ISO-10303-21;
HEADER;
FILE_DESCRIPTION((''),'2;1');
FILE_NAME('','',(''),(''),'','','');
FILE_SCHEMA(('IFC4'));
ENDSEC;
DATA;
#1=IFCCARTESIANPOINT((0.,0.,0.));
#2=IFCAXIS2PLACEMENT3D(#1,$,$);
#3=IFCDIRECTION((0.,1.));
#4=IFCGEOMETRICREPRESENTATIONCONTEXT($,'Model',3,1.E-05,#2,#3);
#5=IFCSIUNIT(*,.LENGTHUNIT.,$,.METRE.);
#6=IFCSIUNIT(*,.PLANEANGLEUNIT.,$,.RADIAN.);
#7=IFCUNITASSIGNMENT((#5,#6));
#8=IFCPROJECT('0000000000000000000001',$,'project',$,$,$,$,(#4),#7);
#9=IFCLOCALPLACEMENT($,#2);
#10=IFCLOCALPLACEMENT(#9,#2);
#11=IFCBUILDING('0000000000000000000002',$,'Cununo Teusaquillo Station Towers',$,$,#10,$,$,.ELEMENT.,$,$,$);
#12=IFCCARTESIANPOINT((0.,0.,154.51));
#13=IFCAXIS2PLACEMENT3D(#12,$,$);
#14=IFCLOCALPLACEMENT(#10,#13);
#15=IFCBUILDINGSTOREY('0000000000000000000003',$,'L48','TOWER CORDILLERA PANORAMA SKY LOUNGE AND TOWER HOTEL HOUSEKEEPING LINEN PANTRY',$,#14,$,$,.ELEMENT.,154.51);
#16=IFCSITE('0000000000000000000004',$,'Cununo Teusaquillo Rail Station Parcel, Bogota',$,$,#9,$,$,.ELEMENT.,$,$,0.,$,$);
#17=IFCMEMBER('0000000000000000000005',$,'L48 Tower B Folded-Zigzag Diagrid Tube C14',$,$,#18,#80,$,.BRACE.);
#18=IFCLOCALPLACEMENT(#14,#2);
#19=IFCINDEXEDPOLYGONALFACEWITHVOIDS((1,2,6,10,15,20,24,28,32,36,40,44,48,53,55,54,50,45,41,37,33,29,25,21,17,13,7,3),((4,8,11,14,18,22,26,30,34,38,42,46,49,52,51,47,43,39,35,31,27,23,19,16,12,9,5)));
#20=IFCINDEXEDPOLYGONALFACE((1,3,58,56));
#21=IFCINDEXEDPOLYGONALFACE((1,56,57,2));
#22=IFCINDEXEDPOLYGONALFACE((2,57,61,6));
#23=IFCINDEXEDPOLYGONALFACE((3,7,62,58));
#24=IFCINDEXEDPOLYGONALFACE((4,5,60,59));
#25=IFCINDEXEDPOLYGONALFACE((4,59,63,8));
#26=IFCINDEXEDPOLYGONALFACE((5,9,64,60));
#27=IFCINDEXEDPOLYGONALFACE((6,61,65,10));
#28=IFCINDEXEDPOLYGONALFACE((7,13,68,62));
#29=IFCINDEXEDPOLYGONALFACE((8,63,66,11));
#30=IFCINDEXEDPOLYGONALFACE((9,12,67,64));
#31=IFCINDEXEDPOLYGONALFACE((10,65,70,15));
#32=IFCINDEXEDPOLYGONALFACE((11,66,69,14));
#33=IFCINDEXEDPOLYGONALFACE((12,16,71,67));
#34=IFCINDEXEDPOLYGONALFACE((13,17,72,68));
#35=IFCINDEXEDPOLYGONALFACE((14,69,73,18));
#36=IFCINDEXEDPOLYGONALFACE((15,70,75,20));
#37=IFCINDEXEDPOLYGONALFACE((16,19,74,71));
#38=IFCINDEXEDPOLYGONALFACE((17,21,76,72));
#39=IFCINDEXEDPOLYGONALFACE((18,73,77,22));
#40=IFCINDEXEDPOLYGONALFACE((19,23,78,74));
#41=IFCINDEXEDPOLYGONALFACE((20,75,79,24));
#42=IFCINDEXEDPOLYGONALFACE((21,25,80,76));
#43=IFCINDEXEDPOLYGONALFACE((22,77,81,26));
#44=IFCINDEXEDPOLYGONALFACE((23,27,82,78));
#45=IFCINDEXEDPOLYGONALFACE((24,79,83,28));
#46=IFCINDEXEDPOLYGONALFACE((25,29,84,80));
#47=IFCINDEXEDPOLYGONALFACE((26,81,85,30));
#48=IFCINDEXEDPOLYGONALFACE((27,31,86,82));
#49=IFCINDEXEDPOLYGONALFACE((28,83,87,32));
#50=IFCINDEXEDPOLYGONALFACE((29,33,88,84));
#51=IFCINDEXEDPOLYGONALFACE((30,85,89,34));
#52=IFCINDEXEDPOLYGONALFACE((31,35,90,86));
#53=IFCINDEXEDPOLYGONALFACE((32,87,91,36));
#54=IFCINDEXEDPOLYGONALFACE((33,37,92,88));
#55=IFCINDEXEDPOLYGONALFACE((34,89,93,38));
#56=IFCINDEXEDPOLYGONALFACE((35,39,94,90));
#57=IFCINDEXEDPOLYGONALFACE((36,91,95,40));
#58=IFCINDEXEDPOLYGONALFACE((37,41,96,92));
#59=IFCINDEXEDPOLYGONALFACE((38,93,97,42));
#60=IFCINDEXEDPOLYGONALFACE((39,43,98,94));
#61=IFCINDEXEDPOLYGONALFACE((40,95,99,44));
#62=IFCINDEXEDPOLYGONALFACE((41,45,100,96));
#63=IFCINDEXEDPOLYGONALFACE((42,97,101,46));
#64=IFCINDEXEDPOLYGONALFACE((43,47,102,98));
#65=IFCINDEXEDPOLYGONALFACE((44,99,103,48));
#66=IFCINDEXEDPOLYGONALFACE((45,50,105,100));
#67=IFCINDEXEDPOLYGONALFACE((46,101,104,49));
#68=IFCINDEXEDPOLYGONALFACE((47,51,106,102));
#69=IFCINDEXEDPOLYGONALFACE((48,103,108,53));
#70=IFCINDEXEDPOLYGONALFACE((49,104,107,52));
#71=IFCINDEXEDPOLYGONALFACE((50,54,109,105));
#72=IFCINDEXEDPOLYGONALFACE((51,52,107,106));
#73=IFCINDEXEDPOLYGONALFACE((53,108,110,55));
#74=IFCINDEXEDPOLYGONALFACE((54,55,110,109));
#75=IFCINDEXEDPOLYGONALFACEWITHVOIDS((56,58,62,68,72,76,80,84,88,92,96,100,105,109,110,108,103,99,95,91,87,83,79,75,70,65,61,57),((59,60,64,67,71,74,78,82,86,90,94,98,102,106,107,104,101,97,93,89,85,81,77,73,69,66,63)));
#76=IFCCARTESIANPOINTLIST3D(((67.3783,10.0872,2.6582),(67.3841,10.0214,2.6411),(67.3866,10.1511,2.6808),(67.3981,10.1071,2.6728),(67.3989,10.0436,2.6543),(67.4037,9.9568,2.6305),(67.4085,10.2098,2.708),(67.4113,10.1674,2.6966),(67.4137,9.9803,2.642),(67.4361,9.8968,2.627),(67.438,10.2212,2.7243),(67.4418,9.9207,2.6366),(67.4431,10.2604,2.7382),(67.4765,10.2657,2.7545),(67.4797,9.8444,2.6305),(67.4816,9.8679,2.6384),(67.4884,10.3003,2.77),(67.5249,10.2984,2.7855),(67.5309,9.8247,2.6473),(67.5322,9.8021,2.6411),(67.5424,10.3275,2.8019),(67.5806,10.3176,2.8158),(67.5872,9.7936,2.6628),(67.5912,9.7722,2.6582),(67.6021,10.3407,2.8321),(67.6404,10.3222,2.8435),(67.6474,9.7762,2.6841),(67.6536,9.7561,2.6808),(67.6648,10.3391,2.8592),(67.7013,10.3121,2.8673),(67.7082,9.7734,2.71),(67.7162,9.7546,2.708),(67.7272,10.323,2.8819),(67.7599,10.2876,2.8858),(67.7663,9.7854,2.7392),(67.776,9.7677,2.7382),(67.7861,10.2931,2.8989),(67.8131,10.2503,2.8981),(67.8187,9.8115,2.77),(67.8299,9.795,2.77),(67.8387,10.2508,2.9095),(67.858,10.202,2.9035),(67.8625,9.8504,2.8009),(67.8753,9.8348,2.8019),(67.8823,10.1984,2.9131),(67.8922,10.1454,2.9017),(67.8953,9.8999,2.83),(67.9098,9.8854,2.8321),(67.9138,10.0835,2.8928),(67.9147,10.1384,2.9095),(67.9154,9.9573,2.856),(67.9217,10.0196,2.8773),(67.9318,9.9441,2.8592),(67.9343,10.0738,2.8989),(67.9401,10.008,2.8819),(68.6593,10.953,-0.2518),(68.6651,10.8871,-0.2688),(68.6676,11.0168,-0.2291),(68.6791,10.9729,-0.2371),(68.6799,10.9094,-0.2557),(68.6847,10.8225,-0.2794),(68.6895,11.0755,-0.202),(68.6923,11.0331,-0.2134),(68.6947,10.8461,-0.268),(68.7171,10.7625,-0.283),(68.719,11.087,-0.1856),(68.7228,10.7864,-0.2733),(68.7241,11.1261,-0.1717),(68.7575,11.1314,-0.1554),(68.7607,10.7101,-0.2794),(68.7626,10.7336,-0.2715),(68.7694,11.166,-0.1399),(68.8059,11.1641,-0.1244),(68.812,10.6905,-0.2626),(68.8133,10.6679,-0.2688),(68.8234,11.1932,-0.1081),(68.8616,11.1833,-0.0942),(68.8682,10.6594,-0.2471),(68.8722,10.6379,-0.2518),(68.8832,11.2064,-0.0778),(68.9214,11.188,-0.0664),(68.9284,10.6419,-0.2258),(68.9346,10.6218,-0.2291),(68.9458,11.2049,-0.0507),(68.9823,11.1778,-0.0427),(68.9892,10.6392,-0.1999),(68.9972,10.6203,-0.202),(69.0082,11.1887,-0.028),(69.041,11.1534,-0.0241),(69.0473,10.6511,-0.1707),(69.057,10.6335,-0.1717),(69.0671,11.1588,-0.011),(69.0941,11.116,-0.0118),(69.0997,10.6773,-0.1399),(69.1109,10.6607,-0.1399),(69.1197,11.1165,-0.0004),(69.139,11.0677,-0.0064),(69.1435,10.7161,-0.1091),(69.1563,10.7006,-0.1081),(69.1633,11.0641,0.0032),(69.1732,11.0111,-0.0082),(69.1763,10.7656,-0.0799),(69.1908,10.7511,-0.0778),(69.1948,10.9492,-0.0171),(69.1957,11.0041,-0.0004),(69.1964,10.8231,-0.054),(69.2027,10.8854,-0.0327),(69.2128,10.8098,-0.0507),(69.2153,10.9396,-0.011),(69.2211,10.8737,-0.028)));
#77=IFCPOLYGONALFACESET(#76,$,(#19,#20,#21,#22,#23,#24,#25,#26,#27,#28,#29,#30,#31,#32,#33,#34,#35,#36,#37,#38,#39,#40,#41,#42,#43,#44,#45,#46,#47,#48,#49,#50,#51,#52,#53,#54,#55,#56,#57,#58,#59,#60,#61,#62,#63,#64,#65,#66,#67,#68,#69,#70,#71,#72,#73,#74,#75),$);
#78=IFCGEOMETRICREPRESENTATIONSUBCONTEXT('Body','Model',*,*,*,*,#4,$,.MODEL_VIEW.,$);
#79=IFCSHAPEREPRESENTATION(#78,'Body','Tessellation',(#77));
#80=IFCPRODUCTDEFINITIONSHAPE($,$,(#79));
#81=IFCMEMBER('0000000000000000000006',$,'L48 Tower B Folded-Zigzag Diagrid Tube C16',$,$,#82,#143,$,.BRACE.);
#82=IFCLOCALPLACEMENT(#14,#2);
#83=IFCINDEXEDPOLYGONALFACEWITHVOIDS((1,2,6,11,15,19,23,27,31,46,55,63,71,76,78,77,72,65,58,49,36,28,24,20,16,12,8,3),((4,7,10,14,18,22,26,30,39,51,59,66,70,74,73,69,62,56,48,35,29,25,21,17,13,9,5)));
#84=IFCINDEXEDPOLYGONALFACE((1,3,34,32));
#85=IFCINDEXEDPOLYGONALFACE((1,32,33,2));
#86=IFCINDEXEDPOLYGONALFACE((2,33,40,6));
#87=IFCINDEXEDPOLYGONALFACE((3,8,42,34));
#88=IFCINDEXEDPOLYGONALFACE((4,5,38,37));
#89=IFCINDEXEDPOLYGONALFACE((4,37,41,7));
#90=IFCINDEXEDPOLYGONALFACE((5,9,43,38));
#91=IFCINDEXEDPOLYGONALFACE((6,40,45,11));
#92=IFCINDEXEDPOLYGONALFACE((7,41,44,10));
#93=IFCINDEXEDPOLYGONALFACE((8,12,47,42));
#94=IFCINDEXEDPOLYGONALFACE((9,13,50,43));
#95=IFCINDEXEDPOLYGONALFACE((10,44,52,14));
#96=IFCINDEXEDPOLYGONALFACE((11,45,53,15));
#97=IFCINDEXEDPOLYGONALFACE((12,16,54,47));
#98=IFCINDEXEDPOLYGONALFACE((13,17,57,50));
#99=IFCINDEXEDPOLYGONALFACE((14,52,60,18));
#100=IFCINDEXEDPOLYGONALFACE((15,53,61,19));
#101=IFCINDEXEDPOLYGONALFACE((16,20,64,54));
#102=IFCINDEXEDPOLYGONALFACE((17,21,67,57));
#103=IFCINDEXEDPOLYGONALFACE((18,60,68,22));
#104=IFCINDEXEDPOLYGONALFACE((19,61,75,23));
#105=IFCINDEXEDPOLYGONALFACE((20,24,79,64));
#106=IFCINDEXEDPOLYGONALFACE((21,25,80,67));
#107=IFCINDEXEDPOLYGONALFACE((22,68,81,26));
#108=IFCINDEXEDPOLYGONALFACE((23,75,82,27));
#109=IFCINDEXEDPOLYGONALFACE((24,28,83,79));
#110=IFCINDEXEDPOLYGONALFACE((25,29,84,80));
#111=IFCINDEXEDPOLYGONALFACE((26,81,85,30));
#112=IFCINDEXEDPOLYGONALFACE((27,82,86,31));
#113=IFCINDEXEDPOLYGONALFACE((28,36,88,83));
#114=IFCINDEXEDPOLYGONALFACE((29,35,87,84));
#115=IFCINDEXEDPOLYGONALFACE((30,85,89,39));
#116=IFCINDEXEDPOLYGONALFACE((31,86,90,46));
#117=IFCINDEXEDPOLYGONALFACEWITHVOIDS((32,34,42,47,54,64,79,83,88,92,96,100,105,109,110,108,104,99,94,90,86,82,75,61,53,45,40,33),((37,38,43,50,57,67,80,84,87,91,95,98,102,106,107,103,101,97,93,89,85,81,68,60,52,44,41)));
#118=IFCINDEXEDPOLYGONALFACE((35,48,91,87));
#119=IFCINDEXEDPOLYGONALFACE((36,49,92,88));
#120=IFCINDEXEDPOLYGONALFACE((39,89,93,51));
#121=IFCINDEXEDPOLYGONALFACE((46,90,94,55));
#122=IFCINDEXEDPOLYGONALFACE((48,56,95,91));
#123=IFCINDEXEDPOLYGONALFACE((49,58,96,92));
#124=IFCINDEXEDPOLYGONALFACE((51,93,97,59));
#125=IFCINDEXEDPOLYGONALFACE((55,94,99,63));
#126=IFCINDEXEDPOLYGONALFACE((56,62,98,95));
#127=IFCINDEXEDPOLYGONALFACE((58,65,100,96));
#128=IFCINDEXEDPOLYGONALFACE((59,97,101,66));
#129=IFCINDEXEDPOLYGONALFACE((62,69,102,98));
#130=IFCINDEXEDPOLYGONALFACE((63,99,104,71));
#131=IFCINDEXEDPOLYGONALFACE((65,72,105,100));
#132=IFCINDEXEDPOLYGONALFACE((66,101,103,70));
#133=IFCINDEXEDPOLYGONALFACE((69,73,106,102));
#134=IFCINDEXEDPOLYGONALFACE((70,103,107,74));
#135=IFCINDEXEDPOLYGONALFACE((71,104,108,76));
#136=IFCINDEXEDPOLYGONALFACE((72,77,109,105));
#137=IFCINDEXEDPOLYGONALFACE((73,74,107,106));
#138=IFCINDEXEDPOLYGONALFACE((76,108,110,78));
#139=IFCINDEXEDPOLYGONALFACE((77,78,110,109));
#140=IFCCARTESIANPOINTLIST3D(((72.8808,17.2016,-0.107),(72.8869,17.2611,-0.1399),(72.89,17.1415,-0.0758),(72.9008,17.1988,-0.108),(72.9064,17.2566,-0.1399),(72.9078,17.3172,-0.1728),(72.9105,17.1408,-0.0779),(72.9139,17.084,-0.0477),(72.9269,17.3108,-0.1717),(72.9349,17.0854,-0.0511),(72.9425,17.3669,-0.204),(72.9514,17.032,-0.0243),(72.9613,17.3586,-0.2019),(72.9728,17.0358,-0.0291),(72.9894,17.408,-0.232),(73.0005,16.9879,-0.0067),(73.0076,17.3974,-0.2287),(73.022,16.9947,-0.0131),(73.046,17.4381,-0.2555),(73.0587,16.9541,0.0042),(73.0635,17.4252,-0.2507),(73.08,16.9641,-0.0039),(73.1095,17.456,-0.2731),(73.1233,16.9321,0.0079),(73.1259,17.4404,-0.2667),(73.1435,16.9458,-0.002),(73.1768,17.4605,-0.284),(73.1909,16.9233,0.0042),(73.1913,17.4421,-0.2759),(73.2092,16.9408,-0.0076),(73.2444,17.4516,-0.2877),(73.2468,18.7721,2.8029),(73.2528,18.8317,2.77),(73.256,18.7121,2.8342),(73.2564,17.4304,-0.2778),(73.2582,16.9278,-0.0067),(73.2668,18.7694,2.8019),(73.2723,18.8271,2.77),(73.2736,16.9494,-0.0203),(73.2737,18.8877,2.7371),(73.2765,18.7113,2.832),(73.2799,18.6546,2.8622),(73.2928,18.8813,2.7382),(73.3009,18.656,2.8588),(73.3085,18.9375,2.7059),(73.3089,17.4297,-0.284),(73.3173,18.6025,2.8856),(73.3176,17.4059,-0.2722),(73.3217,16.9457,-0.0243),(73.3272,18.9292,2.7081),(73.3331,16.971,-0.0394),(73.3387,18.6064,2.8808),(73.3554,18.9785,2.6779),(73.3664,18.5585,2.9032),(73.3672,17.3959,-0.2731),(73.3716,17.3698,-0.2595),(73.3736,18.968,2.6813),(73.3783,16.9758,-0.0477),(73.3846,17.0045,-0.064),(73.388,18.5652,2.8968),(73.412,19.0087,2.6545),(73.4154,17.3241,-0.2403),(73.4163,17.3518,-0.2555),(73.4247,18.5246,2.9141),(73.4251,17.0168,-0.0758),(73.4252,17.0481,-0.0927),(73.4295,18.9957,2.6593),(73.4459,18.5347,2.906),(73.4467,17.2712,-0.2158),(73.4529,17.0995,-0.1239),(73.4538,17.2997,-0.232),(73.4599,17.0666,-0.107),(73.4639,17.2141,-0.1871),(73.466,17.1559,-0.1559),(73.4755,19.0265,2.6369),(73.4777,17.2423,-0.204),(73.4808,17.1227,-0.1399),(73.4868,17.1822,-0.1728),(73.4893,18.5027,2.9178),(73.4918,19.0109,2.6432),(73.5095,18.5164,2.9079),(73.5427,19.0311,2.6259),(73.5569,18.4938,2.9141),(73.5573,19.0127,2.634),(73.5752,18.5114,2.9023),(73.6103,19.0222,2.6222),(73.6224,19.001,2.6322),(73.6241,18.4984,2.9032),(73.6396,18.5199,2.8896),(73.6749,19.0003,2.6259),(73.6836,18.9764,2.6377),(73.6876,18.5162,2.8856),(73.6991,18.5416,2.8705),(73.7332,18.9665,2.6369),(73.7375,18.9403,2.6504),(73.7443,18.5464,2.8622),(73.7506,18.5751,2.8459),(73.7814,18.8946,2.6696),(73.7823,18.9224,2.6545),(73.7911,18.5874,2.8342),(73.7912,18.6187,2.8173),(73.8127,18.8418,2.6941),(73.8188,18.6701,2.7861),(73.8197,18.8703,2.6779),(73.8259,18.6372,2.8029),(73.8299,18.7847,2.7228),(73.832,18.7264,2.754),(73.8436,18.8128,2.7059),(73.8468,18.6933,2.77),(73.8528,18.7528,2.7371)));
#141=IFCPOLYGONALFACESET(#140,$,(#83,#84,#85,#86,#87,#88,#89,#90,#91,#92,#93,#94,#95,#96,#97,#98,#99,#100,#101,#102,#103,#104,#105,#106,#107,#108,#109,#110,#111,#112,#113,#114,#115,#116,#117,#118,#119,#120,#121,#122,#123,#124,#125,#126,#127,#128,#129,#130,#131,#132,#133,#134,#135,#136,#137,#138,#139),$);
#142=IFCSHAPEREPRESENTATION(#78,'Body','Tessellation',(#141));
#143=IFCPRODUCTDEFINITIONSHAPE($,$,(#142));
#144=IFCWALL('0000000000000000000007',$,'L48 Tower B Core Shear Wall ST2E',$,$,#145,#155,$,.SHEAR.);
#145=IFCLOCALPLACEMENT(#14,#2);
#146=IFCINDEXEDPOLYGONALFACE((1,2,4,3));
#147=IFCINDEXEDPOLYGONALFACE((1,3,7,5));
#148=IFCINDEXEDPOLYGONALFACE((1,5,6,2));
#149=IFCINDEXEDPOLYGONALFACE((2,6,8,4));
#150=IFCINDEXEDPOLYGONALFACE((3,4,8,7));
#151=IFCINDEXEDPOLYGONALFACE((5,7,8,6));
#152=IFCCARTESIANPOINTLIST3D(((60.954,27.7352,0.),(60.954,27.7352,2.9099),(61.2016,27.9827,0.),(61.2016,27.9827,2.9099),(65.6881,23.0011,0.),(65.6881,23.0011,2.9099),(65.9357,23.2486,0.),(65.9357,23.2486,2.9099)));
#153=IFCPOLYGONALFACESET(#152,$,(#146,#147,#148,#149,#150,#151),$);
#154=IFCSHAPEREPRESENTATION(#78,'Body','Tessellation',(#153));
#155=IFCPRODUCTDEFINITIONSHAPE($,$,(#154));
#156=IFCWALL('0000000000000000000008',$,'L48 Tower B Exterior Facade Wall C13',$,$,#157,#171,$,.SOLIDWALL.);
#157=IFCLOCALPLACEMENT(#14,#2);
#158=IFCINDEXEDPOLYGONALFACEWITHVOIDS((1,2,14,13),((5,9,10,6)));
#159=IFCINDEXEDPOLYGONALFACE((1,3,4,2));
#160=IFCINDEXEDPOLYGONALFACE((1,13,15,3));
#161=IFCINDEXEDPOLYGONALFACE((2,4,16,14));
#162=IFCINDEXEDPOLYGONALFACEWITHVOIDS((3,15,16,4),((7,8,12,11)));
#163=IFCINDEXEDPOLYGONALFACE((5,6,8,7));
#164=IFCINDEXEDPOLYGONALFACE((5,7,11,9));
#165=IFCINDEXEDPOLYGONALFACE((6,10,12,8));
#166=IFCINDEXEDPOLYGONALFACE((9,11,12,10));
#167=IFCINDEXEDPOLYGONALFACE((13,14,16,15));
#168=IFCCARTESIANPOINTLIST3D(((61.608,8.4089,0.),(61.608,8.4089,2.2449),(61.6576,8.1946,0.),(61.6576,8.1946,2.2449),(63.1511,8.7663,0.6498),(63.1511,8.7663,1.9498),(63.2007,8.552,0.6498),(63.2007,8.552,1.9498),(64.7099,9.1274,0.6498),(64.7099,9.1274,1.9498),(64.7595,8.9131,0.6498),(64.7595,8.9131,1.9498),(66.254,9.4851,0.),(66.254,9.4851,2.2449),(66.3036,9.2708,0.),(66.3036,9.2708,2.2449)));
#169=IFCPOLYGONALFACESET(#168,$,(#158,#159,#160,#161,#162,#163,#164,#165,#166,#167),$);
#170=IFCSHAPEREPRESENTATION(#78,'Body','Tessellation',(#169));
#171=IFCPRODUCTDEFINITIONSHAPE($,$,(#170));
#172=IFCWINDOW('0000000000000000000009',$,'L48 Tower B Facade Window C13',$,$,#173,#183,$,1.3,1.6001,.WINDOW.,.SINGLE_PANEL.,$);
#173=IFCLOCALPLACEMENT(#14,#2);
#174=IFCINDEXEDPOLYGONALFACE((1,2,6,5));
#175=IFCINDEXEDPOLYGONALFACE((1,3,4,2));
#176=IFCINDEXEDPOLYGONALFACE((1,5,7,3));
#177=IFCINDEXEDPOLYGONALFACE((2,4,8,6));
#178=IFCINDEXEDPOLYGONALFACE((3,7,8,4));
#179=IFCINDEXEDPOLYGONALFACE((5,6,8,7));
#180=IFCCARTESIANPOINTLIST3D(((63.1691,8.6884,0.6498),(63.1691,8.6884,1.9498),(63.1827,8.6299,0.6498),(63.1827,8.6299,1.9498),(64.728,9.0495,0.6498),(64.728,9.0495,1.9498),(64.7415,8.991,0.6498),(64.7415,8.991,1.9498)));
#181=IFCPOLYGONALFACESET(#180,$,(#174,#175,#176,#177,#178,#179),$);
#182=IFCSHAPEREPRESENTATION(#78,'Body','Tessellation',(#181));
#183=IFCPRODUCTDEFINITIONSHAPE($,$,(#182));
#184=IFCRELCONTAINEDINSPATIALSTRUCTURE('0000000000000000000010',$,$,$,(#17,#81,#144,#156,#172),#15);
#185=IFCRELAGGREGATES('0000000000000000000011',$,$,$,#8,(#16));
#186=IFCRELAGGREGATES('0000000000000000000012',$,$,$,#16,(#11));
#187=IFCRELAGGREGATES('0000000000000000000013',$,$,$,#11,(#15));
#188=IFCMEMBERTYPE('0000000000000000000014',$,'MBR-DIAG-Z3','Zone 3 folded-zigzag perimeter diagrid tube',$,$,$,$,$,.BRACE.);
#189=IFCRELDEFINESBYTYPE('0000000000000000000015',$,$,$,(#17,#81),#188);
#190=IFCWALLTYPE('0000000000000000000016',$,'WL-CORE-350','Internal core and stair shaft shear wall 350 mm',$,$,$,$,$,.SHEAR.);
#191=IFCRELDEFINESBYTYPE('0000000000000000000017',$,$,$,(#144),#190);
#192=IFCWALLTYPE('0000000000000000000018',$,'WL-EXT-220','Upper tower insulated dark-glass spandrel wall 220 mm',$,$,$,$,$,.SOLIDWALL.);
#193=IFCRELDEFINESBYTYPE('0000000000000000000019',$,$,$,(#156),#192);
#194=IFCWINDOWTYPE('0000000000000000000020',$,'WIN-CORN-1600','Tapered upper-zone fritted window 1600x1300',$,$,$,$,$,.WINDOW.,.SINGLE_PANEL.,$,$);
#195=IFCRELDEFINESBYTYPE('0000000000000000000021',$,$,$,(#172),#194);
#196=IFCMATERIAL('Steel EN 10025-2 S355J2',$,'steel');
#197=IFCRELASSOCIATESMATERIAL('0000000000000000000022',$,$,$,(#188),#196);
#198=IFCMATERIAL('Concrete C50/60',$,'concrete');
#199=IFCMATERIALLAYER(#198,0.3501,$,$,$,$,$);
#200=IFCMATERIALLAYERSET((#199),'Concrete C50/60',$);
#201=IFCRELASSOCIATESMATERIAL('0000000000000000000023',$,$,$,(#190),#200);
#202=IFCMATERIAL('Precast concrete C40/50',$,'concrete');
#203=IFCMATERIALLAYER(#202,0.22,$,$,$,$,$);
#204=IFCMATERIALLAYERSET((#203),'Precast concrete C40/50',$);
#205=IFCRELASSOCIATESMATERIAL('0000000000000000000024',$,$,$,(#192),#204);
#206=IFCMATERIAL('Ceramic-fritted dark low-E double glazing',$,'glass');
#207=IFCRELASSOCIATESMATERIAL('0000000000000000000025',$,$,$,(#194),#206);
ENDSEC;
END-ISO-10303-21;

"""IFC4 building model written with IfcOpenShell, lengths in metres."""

from ifc_helpers import new_model, si_unit, direction, frame, frame_2d, origin, origin_2d, place, context, subcontext, project, spatial, rectangle, hollow_circle, extrude, source, transform, mapped, material, layer, layer_set, material_profile, profile_set, type_object, element, fill, save


model = new_model("IFC4")

# Units and contexts
model_context = context("Model", 3, precision=1e-05, world=origin(), true_north=direction((0.0, 1.0)))
body_context = subcontext(model_context, "Body", "Model", "MODEL_VIEW")
ifc_project = project(units=[si_unit("LENGTHUNIT", "METRE"), si_unit("PLANEANGLEUNIT", "RADIAN")], contexts=[model_context])

# Site, building, storey
site_placement = place(None, origin())
site = spatial("IfcSite", under=ifc_project, at=site_placement, Name="Cununo Teusaquillo Rail Station Parcel, Bogota", CompositionType="ELEMENT", RefElevation=0.0)
building_placement = place(site_placement, origin())
building = spatial("IfcBuilding", under=site, at=building_placement, Name="Cununo Teusaquillo Station Towers", CompositionType="ELEMENT")
storey_placement = place(building_placement, frame((0.0, 0.0, 154.51)))
storey = spatial("IfcBuildingStorey", under=building, at=storey_placement, Name="L48", Description="TOWER CORDILLERA PANORAMA SKY LOUNGE AND TOWER HOTEL HOUSEKEEPING LINEN PANTRY", CompositionType="ELEMENT", Elevation=154.51)

# Members
ifc_material_1 = material(Name="Steel EN 10025-2 S355J2", Category="steel")
ifc_material_profile_1 = material_profile(ifc_material_1, hollow_circle(Radius=0.3049, WallThickness=0.02, at=origin_2d()), Name="CHS 610x20")
ifc_profile_set_1 = profile_set([ifc_material_profile_1], Name="Steel EN 10025-2 S355J2")
member_type = type_object("IfcMemberType", Name="MBR-DIAG-Z3", Description="Zone 3 folded-zigzag perimeter diagrid tube", PredefinedType="BRACE", material=ifc_profile_set_1)
member_1_placement = place(storey_placement, frame((68.9402, 10.9133, -0.1399), z_axis=(-0.388754, -0.262726, 0.883088), x_axis=(0.559937, -0.828536, 0.0)))
element("IfcMember", 1, at=member_1_placement, inside=storey, type_object=member_type, Name="L48 Tower B Folded-Zigzag Diagrid Tube C14", PredefinedType="BRACE", context=body_context, shape_type="SweptSolid", body=[
    extrude(hollow_circle(Radius=0.3049, WallThickness=0.02, at=origin_2d()), origin(), (0.0, 0.0, 1.0), 3.2952),
])
member_2_placement = place(storey_placement, frame((73.1838, 17.1919, -0.1399), z_axis=(0.110003, 0.47208, 0.874665), x_axis=(-0.973909, 0.226938, 0.0)))
element("IfcMember", 2, at=member_2_placement, inside=storey, type_object=member_type, Name="L48 Tower B Folded-Zigzag Diagrid Tube C16", PredefinedType="BRACE", context=body_context, shape_type="SweptSolid", body=[
    extrude(hollow_circle(Radius=0.3049, WallThickness=0.02, at=origin_2d()), origin(), (0.0, 0.0, 1.0), 3.3269),
])

# Wall
ifc_material_2 = material(Name="Concrete C50/60", Category="concrete")
ifc_layer_1 = layer(ifc_material_2, 0.3501)
ifc_layer_set_1 = layer_set([ifc_layer_1], Name="Concrete C50/60")
wall_type_1 = type_object("IfcWallType", Name="WL-CORE-350", Description="Internal core and stair shaft shear wall 350 mm", PredefinedType="SHEAR", material=ifc_layer_set_1)
wall_1_placement = place(storey_placement, frame((65.812, 23.1248, 0.0), z_axis=(0.0, 0.0, 1.0), x_axis=(-0.707107, 0.707107, 0.0)))
element("IfcWall", 3, at=wall_1_placement, inside=storey, type_object=wall_type_1, Name="L48 Tower B Core Shear Wall ST2E", PredefinedType="SHEAR", context=body_context, shape_type="SweptSolid", body=[
    extrude(rectangle(XDim=6.6951, YDim=0.3501, at=frame_2d((3.3477, 0.0))), origin(), (0.0, 0.0, 1.0), 2.9099),
])

# Wall, opening, window
ifc_material_3 = material(Name="Precast concrete C40/50", Category="concrete")
ifc_layer_2 = layer(ifc_material_3, 0.22)
ifc_layer_set_2 = layer_set([ifc_layer_2], Name="Precast concrete C40/50")
wall_type_2 = type_object("IfcWallType", Name="WL-EXT-220", Description="Upper tower insulated dark-glass spandrel wall 220 mm", PredefinedType="SOLIDWALL", material=ifc_layer_set_2)
wall_2_placement = place(storey_placement, frame((66.2788, 9.3779, 0.0), z_axis=(0.0, 0.0, 1.0), x_axis=(-0.974206, -0.22566, 0.0)))
wall_2 = element("IfcWall", 4, at=wall_2_placement, inside=storey, type_object=wall_type_2, Name="L48 Tower B Exterior Facade Wall C13", PredefinedType="SOLIDWALL", context=body_context, shape_type="SweptSolid", body=[
    extrude(rectangle(XDim=4.769, YDim=0.22, at=frame_2d((2.3845, 0.0))), origin(), (0.0, 0.0, 1.0), 2.2449),
])
shared_shape_1 = source(origin(), body_context, "Body", "SweptSolid", [
    extrude(rectangle(XDim=1.6001, YDim=1.3, at=frame_2d((0.8, 0.6499))), frame((0.0, 0.1199, 0.0), z_axis=(0.0, -1.0, 0.0), x_axis=(1.0, 0.0, 0.0)), (0.0, 0.0, 1.0), 0.24),
])
opening_1_placement = place(wall_2_placement, frame((1.585, 0.0, 0.6499)))
opening_1 = element("IfcOpeningElement", 5, at=opening_1_placement, cuts=wall_2, PredefinedType="OPENING", context=body_context, shape_type="MappedRepresentation", body=[
    mapped(shared_shape_1, transform((0.0, 0.0, 0.0), x_axis=(1.0, 0.0, 0.0), y_axis=(0.0, 1.0, 0.0), z_axis=(0.0, 0.0, 1.0), scale=1.0)),
])
ifc_material_4 = material(Name="Ceramic-fritted dark low-E double glazing", Category="glass")
window_type = type_object("IfcWindowType", Name="WIN-CORN-1600", Description="Tapered upper-zone fritted window 1600x1300", PartitioningType="SINGLE_PANEL", PredefinedType="WINDOW", material=ifc_material_4)
shared_shape_2 = source(origin(), body_context, "Body", "SweptSolid", [
    extrude(rectangle(XDim=1.6001, YDim=1.3, at=frame_2d((0.8, 0.6499))), frame((0.0, 0.03, 0.0), z_axis=(0.0, -1.0, 0.0), x_axis=(1.0, 0.0, 0.0)), (0.0, 0.0, 1.0), 0.0601),
])
window_1_placement = place(opening_1_placement, origin())
window_1 = element("IfcWindow", 6, at=window_1_placement, inside=storey, type_object=window_type, Name="L48 Tower B Facade Window C13", OverallHeight=1.3, OverallWidth=1.6001, PartitioningType="SINGLE_PANEL", PredefinedType="WINDOW", context=body_context, shape_type="MappedRepresentation", body=[
    mapped(shared_shape_2, transform((0.0, 0.0, 0.0), x_axis=(1.0, 0.0, 0.0), y_axis=(0.0, 1.0, 0.0), z_axis=(0.0, 0.0, 1.0), scale=1.0)),
])
fill(opening_1, window_1)

save(model, "model.ifc")
